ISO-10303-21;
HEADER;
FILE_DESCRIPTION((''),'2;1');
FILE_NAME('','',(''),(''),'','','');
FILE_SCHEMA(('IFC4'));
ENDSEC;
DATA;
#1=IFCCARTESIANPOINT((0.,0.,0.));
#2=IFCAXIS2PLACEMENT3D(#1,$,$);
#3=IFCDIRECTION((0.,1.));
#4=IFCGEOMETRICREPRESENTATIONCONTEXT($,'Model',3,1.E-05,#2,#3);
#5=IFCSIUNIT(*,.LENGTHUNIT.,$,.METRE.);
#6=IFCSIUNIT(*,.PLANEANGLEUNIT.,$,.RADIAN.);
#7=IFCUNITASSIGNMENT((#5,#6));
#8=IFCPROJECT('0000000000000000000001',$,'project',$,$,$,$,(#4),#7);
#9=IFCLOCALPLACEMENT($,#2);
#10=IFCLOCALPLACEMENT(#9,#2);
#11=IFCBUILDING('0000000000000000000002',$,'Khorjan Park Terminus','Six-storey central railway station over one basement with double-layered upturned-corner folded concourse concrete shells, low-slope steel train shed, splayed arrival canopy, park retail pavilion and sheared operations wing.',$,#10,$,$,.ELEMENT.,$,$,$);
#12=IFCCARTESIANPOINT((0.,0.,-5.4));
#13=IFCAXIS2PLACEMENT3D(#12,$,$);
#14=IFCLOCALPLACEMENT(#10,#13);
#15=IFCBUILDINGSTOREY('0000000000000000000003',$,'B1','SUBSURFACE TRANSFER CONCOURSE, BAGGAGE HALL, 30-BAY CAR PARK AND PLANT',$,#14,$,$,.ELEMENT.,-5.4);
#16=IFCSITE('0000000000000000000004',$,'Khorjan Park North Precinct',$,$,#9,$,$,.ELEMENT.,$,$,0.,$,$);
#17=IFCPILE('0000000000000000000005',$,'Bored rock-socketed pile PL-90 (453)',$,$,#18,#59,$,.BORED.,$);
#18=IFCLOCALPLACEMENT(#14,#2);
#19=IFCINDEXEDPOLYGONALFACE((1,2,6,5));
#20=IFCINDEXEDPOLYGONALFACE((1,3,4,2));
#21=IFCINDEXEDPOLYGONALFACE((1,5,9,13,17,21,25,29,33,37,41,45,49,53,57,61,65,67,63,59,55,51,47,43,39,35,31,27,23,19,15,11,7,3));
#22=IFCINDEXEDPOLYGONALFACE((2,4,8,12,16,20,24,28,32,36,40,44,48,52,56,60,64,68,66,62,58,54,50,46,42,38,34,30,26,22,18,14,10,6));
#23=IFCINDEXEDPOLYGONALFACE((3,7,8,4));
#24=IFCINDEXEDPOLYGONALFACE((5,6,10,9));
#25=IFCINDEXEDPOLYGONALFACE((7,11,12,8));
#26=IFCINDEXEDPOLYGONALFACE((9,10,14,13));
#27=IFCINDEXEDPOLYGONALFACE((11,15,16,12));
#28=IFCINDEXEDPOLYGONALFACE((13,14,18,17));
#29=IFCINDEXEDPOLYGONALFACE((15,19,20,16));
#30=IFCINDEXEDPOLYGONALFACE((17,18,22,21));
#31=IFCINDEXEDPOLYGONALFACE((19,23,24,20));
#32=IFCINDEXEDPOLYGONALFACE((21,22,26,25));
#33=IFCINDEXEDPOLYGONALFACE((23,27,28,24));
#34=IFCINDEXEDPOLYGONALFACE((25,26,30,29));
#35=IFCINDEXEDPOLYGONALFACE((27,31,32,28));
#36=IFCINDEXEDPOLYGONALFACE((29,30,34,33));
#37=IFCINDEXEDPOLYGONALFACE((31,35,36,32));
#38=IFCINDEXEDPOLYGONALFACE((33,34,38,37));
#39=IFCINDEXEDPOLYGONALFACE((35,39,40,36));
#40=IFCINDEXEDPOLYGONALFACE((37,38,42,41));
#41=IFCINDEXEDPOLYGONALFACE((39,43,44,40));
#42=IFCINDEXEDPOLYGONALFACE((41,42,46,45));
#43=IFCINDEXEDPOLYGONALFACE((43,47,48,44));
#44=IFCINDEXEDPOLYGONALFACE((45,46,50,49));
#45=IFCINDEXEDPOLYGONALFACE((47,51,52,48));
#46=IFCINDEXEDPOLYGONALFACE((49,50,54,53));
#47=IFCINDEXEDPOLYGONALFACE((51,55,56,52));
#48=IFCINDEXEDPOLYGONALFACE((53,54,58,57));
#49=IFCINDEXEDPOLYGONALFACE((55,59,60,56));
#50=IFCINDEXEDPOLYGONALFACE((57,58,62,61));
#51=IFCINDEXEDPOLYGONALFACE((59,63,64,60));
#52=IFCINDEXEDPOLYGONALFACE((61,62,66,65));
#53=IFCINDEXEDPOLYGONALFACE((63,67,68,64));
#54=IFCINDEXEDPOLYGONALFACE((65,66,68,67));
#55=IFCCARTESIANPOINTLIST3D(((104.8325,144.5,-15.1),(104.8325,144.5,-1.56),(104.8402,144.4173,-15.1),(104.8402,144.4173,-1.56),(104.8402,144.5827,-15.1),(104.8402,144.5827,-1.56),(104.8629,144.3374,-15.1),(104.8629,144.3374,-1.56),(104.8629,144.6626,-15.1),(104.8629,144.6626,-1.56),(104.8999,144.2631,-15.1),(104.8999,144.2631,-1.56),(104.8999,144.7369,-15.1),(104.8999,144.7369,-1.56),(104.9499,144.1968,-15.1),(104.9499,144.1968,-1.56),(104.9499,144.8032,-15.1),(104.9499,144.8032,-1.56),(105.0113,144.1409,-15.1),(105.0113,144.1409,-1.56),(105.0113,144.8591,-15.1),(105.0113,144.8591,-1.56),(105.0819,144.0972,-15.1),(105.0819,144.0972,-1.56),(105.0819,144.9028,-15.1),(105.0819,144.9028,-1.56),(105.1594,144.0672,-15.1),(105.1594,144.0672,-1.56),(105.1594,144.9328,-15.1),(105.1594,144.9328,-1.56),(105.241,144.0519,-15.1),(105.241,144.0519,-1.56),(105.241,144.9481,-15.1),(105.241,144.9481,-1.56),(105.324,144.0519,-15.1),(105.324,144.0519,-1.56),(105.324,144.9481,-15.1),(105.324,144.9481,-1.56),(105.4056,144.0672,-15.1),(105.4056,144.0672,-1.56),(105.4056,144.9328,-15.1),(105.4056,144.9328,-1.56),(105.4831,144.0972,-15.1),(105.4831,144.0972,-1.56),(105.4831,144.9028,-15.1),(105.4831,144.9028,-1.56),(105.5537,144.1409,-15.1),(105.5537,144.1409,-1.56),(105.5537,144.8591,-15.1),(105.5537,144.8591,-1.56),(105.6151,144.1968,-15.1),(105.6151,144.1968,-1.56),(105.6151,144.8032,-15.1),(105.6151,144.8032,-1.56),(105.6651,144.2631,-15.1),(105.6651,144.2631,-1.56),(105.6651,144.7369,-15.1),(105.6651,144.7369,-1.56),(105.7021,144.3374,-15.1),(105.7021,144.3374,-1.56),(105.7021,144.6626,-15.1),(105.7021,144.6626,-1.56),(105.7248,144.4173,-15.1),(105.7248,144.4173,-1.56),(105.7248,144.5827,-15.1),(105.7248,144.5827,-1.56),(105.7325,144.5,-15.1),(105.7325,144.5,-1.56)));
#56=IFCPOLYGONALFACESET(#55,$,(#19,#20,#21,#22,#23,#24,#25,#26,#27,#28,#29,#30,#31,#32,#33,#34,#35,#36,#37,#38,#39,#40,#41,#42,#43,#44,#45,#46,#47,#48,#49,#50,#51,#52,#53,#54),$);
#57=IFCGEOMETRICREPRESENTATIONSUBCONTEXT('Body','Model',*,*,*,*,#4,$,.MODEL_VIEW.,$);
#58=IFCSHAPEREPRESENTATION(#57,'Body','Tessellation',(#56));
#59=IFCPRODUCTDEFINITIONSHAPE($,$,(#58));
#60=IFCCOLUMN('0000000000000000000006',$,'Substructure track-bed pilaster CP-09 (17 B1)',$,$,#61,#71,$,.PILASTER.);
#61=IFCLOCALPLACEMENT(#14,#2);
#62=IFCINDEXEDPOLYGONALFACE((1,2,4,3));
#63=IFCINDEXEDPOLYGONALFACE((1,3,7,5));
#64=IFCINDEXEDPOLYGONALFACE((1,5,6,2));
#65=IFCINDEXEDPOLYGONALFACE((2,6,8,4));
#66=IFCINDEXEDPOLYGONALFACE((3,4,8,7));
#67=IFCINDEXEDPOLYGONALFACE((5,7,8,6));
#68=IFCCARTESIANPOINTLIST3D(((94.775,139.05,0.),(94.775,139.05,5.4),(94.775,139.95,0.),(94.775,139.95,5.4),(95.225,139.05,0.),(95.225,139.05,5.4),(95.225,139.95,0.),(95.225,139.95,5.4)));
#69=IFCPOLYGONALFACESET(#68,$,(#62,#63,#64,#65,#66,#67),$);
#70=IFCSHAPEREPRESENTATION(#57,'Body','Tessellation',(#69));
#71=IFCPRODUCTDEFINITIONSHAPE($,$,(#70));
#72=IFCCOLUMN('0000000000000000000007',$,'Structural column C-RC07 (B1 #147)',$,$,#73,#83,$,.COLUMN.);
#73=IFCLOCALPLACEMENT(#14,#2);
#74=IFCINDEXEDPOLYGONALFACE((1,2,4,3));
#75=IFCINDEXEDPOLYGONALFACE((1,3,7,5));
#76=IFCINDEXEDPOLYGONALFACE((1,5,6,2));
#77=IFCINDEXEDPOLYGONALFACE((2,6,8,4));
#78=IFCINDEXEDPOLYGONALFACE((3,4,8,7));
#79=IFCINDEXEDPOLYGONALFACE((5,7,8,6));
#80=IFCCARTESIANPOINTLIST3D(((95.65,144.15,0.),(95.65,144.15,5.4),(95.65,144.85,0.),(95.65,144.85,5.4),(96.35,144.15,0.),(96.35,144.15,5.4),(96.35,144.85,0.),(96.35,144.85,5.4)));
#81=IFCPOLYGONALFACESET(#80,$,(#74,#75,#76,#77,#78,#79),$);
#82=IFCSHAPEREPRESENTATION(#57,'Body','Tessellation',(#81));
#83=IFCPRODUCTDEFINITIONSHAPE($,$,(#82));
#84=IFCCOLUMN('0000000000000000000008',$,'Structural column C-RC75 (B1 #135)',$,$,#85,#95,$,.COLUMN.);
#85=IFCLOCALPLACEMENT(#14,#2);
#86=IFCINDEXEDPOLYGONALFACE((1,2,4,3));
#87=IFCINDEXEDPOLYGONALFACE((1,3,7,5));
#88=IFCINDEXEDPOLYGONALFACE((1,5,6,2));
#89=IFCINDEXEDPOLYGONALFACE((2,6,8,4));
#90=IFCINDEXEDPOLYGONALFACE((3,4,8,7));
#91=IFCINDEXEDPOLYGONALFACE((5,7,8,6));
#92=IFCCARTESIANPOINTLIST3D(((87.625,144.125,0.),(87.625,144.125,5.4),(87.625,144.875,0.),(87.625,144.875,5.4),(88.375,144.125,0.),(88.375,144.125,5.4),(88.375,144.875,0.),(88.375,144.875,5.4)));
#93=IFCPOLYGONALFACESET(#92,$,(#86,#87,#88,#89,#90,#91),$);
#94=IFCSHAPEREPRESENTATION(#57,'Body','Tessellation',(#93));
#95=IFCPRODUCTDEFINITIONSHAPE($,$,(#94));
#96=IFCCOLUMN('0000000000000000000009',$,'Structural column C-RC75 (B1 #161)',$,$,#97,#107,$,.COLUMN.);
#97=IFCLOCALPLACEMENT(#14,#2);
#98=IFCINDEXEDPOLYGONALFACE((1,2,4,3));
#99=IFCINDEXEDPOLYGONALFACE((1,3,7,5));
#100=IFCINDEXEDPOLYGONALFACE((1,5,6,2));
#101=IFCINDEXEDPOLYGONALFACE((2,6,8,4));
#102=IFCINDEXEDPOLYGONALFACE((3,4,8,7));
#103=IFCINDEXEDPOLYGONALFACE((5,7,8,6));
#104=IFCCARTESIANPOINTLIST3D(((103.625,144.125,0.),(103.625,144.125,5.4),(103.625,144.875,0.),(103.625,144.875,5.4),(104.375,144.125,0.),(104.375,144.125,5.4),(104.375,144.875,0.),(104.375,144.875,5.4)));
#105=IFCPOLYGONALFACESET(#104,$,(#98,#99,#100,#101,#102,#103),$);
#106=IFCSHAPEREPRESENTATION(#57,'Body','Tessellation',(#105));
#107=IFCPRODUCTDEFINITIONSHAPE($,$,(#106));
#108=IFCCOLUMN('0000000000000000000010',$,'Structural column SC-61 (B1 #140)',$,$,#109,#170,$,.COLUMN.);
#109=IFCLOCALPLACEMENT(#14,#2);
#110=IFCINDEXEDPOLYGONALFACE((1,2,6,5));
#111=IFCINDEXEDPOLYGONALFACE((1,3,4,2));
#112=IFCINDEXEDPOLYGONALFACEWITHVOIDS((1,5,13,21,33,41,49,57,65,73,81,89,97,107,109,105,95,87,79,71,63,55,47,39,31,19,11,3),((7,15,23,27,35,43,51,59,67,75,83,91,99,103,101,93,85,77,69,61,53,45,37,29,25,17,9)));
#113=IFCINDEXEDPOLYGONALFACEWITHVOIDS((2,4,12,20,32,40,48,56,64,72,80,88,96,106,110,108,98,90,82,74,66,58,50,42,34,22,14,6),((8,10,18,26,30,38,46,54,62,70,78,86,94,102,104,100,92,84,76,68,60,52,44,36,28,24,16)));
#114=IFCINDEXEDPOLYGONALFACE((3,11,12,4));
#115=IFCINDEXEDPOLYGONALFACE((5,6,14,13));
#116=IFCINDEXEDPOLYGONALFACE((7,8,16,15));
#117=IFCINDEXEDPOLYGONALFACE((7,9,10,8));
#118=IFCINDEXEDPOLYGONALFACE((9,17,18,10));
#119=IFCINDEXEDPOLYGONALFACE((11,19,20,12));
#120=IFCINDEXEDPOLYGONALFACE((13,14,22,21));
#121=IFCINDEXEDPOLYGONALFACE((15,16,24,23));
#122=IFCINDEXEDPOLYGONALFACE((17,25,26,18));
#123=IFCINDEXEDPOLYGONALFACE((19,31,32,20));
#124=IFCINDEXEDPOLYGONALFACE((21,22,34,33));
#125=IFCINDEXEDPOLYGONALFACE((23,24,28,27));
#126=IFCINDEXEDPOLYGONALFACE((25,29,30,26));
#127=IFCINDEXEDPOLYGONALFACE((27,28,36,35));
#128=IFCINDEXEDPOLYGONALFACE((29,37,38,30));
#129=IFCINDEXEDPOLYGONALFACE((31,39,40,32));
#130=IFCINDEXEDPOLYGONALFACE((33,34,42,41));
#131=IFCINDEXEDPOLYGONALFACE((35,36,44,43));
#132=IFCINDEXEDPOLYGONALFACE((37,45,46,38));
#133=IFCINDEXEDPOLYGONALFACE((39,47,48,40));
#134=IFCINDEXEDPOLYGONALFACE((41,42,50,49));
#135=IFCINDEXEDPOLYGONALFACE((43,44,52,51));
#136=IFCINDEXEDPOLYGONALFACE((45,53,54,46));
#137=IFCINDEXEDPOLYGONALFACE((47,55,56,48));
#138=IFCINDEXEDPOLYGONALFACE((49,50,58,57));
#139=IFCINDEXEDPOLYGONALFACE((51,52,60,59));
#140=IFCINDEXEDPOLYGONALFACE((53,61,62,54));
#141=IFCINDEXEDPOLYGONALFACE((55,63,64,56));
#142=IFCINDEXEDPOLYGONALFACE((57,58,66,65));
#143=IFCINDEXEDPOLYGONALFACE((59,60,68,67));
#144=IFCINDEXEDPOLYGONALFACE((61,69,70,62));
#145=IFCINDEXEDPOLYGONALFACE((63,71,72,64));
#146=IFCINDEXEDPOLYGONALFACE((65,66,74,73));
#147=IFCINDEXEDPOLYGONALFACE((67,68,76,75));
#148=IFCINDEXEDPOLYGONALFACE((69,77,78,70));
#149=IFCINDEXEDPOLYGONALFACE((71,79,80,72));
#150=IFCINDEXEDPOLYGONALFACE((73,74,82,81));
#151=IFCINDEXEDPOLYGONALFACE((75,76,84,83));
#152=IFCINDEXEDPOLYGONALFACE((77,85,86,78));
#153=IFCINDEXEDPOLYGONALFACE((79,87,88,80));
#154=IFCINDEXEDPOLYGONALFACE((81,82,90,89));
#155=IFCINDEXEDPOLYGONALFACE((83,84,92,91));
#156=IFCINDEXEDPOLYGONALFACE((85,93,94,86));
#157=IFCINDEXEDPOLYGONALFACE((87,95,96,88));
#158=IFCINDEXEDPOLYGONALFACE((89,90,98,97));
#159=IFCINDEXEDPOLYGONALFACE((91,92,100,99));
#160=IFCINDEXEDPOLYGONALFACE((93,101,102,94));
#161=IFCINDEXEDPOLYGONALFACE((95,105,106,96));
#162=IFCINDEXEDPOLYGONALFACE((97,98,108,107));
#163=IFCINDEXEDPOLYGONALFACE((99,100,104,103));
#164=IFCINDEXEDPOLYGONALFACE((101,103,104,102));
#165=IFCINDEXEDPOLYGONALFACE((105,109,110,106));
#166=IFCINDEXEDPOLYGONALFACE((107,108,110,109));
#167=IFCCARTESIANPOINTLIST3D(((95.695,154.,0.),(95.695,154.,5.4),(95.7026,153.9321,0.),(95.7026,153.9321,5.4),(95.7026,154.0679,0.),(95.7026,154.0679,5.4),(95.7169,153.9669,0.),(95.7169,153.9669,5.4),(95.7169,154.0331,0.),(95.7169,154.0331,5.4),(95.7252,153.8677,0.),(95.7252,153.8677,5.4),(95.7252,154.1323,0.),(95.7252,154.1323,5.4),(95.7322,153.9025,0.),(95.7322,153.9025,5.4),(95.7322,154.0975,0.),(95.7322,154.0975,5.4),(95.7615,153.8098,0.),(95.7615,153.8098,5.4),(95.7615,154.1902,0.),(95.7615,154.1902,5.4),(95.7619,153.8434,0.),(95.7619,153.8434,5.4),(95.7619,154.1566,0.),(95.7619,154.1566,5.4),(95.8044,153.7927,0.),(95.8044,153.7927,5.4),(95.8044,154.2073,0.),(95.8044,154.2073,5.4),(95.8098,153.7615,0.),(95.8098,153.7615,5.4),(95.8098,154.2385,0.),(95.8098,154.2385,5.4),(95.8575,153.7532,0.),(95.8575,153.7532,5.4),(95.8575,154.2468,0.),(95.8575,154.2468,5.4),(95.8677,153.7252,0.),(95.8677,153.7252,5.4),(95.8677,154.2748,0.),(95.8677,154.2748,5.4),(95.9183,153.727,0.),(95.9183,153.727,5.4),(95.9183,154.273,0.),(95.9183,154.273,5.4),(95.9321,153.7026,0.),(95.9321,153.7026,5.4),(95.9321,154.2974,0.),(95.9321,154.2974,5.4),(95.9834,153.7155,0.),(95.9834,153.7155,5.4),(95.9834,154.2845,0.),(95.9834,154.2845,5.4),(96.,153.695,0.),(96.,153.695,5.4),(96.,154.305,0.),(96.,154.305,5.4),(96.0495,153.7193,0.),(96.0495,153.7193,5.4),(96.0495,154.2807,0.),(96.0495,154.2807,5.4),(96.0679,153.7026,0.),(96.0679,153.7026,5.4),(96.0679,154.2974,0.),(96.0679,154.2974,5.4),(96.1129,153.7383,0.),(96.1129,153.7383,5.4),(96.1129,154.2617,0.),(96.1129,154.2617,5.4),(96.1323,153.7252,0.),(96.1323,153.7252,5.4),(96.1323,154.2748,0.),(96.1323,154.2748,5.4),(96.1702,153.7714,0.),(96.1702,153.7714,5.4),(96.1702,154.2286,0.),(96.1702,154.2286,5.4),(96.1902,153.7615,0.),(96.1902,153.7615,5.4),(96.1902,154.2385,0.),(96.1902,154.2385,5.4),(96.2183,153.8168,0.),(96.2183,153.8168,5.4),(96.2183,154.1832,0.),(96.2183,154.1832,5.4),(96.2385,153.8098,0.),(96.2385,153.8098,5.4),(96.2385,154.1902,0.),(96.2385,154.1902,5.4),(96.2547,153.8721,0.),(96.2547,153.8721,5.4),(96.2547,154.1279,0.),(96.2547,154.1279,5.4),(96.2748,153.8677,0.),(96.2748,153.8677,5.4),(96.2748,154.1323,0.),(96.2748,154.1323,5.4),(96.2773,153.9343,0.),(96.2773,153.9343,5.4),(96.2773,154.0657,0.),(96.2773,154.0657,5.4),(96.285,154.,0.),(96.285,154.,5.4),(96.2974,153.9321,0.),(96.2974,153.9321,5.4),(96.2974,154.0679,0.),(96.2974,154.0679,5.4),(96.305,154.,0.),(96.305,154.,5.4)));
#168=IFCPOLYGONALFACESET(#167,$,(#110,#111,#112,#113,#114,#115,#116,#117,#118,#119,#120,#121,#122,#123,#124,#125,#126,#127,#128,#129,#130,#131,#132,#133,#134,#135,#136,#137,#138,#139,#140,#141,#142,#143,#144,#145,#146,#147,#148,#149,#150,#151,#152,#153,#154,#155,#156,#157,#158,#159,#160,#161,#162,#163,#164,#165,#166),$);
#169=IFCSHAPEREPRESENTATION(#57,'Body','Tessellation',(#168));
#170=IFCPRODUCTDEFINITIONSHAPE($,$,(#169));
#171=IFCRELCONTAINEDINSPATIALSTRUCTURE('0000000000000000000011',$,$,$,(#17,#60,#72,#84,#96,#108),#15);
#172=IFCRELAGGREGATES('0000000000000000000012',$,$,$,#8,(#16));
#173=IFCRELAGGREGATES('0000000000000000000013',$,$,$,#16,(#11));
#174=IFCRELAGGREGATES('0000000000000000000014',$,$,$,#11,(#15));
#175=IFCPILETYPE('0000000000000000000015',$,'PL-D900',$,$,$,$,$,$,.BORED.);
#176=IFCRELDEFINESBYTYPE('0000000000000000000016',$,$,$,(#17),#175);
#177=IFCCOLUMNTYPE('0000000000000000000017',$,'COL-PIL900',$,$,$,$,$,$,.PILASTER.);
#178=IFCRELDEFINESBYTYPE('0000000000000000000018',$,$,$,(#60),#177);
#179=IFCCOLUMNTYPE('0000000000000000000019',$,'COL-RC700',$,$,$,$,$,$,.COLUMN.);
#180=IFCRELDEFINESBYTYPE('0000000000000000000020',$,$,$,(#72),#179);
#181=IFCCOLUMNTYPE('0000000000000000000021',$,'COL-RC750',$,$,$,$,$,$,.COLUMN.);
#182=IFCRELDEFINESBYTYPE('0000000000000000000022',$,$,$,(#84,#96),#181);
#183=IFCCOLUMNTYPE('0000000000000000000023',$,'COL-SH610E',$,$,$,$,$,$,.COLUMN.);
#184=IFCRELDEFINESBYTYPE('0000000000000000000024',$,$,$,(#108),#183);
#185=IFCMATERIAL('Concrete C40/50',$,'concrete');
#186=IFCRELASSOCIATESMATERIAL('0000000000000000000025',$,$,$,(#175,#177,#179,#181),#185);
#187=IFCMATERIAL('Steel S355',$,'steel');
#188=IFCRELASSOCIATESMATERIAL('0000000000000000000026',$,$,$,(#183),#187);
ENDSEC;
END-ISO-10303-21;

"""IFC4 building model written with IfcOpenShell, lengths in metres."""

from ifc_helpers import new_model, si_unit, direction, frame, origin, origin_2d, place, context, subcontext, project, spatial, rectangle, circle, hollow_circle, extrude, material, material_profile, profile_set, type_object, element, save


model = new_model("IFC4")

# Units and contexts
model_context = context("Model", 3, precision=1e-05, world=origin(), true_north=direction((0.0, 1.0)))
body_context = subcontext(model_context, "Body", "Model", "MODEL_VIEW")
ifc_project = project(units=[si_unit("LENGTHUNIT", "METRE"), si_unit("PLANEANGLEUNIT", "RADIAN")], contexts=[model_context])

# Site, building, storey
site_placement = place(None, origin())
site = spatial("IfcSite", under=ifc_project, at=site_placement, Name="Khorjan Park North Precinct", CompositionType="ELEMENT", RefElevation=0.0)
building_placement = place(site_placement, origin())
building = spatial("IfcBuilding", under=site, at=building_placement, Name="Khorjan Park Terminus", Description="Six-storey central railway station over one basement with double-layered upturned-corner folded concourse concrete shells, low-slope steel train shed, splayed arrival canopy, park retail pavilion and sheared operations wing.", CompositionType="ELEMENT")
storey_placement = place(building_placement, frame((0.0, 0.0, -5.4)))
storey = spatial("IfcBuildingStorey", under=building, at=storey_placement, Name="B1", Description="SUBSURFACE TRANSFER CONCOURSE, BAGGAGE HALL, 30-BAY CAR PARK AND PLANT", CompositionType="ELEMENT", Elevation=-5.4)

# Shared definitions
ifc_material_1 = material(Name="Concrete C40/50", Category="concrete")

# Pile
ifc_material_profile_1 = material_profile(ifc_material_1, circle(Radius=0.45, at=origin_2d()), Name="BORED D900")
ifc_profile_set_1 = profile_set([ifc_material_profile_1], Name="Concrete C40/50")
pile_type_1 = type_object("IfcPileType", Name="PL-D900", PredefinedType="BORED", material=ifc_profile_set_1)
for number, where, z_axis, x_axis, name in (
    (1, (105.2825, 144.5, -1.56), (0.0, 0.0, -1.0), (1.0, 0.0, 0.0), "Bored rock-socketed pile PL-90 (453)"),
):
    element("IfcPile", number, at=place(storey_placement, frame(where, z_axis=z_axis, x_axis=x_axis)), inside=storey, type_object=pile_type_1, Name=name, PredefinedType="BORED", context=body_context, shape_type="SweptSolid", body=[
        extrude(circle(Radius=0.45, at=origin_2d()), origin(), (0.0, 0.0, 1.0), 13.54),
    ])

# Columns
ifc_material_profile_2 = material_profile(ifc_material_1, rectangle(XDim=0.45, YDim=0.9, at=origin_2d()), Name="RC 450x900")
ifc_profile_set_2 = profile_set([ifc_material_profile_2], Name="Concrete C40/50")
column_type_1 = type_object("IfcColumnType", Name="COL-PIL900", PredefinedType="PILASTER", material=ifc_profile_set_2)
column_1_placement = place(storey_placement, frame((95.0, 139.5, 0.0), z_axis=(0.0, 0.0, 1.0), x_axis=(1.0, 0.0, 0.0)))
element("IfcColumn", 2, at=column_1_placement, inside=storey, type_object=column_type_1, Name="Substructure track-bed pilaster CP-09 (17 B1)", PredefinedType="PILASTER", context=body_context, shape_type="SweptSolid", body=[
    extrude(rectangle(XDim=0.45, YDim=0.9, at=origin_2d()), origin(), (0.0, 0.0, 1.0), 5.4),
])
ifc_material_profile_3 = material_profile(ifc_material_1, rectangle(XDim=0.7, YDim=0.7, at=origin_2d()), Name="RC 700x700")
ifc_profile_set_3 = profile_set([ifc_material_profile_3], Name="Concrete C40/50")
column_type_2 = type_object("IfcColumnType", Name="COL-RC700", PredefinedType="COLUMN", material=ifc_profile_set_3)
column_2_placement = place(storey_placement, frame((96.0, 144.5, 0.0), z_axis=(0.0, 0.0, 1.0), x_axis=(1.0, 0.0, 0.0)))
element("IfcColumn", 3, at=column_2_placement, inside=storey, type_object=column_type_2, Name="Structural column C-RC07 (B1 #147)", PredefinedType="COLUMN", context=body_context, shape_type="SweptSolid", body=[
    extrude(rectangle(XDim=0.7, YDim=0.7, at=origin_2d()), origin(), (0.0, 0.0, 1.0), 5.4),
])
ifc_material_profile_4 = material_profile(ifc_material_1, rectangle(XDim=0.75, YDim=0.75, at=origin_2d()), Name="RC 750x750")
ifc_profile_set_4 = profile_set([ifc_material_profile_4], Name="Concrete C40/50")
column_type_3 = type_object("IfcColumnType", Name="COL-RC750", PredefinedType="COLUMN", material=ifc_profile_set_4)
for number, where, z_axis, x_axis, name in (
    (4, (88.0, 144.5, 0.0), (0.0, 0.0, 1.0), (1.0, 0.0, 0.0), "Structural column C-RC75 (B1 #135)"),
    (5, (104.0, 144.5, 0.0), (0.0, 0.0, 1.0), (1.0, 0.0, 0.0), "Structural column C-RC75 (B1 #161)"),
):
    element("IfcColumn", number, at=place(storey_placement, frame(where, z_axis=z_axis, x_axis=x_axis)), inside=storey, type_object=column_type_3, Name=name, PredefinedType="COLUMN", context=body_context, shape_type="SweptSolid", body=[
        extrude(rectangle(XDim=0.75, YDim=0.75, at=origin_2d()), origin(), (0.0, 0.0, 1.0), 5.4),
    ])
ifc_material_2 = material(Name="Steel S355", Category="steel")
ifc_material_profile_5 = material_profile(ifc_material_2, hollow_circle(Radius=0.305, WallThickness=0.02, at=origin_2d()), Name="CHS 610x20")
ifc_profile_set_5 = profile_set([ifc_material_profile_5], Name="Steel S355")
column_type_4 = type_object("IfcColumnType", Name="COL-SH610E", PredefinedType="COLUMN", material=ifc_profile_set_5)
column_3_placement = place(storey_placement, frame((96.0, 154.0, 0.0), z_axis=(0.0, 0.0, 1.0), x_axis=(1.0, 0.0, 0.0)))
element("IfcColumn", 6, at=column_3_placement, inside=storey, type_object=column_type_4, Name="Structural column SC-61 (B1 #140)", PredefinedType="COLUMN", context=body_context, shape_type="SweptSolid", body=[
    extrude(hollow_circle(Radius=0.305, WallThickness=0.02, at=origin_2d()), origin(), (0.0, 0.0, 1.0), 5.4),
])

save(model, "model.ifc")
